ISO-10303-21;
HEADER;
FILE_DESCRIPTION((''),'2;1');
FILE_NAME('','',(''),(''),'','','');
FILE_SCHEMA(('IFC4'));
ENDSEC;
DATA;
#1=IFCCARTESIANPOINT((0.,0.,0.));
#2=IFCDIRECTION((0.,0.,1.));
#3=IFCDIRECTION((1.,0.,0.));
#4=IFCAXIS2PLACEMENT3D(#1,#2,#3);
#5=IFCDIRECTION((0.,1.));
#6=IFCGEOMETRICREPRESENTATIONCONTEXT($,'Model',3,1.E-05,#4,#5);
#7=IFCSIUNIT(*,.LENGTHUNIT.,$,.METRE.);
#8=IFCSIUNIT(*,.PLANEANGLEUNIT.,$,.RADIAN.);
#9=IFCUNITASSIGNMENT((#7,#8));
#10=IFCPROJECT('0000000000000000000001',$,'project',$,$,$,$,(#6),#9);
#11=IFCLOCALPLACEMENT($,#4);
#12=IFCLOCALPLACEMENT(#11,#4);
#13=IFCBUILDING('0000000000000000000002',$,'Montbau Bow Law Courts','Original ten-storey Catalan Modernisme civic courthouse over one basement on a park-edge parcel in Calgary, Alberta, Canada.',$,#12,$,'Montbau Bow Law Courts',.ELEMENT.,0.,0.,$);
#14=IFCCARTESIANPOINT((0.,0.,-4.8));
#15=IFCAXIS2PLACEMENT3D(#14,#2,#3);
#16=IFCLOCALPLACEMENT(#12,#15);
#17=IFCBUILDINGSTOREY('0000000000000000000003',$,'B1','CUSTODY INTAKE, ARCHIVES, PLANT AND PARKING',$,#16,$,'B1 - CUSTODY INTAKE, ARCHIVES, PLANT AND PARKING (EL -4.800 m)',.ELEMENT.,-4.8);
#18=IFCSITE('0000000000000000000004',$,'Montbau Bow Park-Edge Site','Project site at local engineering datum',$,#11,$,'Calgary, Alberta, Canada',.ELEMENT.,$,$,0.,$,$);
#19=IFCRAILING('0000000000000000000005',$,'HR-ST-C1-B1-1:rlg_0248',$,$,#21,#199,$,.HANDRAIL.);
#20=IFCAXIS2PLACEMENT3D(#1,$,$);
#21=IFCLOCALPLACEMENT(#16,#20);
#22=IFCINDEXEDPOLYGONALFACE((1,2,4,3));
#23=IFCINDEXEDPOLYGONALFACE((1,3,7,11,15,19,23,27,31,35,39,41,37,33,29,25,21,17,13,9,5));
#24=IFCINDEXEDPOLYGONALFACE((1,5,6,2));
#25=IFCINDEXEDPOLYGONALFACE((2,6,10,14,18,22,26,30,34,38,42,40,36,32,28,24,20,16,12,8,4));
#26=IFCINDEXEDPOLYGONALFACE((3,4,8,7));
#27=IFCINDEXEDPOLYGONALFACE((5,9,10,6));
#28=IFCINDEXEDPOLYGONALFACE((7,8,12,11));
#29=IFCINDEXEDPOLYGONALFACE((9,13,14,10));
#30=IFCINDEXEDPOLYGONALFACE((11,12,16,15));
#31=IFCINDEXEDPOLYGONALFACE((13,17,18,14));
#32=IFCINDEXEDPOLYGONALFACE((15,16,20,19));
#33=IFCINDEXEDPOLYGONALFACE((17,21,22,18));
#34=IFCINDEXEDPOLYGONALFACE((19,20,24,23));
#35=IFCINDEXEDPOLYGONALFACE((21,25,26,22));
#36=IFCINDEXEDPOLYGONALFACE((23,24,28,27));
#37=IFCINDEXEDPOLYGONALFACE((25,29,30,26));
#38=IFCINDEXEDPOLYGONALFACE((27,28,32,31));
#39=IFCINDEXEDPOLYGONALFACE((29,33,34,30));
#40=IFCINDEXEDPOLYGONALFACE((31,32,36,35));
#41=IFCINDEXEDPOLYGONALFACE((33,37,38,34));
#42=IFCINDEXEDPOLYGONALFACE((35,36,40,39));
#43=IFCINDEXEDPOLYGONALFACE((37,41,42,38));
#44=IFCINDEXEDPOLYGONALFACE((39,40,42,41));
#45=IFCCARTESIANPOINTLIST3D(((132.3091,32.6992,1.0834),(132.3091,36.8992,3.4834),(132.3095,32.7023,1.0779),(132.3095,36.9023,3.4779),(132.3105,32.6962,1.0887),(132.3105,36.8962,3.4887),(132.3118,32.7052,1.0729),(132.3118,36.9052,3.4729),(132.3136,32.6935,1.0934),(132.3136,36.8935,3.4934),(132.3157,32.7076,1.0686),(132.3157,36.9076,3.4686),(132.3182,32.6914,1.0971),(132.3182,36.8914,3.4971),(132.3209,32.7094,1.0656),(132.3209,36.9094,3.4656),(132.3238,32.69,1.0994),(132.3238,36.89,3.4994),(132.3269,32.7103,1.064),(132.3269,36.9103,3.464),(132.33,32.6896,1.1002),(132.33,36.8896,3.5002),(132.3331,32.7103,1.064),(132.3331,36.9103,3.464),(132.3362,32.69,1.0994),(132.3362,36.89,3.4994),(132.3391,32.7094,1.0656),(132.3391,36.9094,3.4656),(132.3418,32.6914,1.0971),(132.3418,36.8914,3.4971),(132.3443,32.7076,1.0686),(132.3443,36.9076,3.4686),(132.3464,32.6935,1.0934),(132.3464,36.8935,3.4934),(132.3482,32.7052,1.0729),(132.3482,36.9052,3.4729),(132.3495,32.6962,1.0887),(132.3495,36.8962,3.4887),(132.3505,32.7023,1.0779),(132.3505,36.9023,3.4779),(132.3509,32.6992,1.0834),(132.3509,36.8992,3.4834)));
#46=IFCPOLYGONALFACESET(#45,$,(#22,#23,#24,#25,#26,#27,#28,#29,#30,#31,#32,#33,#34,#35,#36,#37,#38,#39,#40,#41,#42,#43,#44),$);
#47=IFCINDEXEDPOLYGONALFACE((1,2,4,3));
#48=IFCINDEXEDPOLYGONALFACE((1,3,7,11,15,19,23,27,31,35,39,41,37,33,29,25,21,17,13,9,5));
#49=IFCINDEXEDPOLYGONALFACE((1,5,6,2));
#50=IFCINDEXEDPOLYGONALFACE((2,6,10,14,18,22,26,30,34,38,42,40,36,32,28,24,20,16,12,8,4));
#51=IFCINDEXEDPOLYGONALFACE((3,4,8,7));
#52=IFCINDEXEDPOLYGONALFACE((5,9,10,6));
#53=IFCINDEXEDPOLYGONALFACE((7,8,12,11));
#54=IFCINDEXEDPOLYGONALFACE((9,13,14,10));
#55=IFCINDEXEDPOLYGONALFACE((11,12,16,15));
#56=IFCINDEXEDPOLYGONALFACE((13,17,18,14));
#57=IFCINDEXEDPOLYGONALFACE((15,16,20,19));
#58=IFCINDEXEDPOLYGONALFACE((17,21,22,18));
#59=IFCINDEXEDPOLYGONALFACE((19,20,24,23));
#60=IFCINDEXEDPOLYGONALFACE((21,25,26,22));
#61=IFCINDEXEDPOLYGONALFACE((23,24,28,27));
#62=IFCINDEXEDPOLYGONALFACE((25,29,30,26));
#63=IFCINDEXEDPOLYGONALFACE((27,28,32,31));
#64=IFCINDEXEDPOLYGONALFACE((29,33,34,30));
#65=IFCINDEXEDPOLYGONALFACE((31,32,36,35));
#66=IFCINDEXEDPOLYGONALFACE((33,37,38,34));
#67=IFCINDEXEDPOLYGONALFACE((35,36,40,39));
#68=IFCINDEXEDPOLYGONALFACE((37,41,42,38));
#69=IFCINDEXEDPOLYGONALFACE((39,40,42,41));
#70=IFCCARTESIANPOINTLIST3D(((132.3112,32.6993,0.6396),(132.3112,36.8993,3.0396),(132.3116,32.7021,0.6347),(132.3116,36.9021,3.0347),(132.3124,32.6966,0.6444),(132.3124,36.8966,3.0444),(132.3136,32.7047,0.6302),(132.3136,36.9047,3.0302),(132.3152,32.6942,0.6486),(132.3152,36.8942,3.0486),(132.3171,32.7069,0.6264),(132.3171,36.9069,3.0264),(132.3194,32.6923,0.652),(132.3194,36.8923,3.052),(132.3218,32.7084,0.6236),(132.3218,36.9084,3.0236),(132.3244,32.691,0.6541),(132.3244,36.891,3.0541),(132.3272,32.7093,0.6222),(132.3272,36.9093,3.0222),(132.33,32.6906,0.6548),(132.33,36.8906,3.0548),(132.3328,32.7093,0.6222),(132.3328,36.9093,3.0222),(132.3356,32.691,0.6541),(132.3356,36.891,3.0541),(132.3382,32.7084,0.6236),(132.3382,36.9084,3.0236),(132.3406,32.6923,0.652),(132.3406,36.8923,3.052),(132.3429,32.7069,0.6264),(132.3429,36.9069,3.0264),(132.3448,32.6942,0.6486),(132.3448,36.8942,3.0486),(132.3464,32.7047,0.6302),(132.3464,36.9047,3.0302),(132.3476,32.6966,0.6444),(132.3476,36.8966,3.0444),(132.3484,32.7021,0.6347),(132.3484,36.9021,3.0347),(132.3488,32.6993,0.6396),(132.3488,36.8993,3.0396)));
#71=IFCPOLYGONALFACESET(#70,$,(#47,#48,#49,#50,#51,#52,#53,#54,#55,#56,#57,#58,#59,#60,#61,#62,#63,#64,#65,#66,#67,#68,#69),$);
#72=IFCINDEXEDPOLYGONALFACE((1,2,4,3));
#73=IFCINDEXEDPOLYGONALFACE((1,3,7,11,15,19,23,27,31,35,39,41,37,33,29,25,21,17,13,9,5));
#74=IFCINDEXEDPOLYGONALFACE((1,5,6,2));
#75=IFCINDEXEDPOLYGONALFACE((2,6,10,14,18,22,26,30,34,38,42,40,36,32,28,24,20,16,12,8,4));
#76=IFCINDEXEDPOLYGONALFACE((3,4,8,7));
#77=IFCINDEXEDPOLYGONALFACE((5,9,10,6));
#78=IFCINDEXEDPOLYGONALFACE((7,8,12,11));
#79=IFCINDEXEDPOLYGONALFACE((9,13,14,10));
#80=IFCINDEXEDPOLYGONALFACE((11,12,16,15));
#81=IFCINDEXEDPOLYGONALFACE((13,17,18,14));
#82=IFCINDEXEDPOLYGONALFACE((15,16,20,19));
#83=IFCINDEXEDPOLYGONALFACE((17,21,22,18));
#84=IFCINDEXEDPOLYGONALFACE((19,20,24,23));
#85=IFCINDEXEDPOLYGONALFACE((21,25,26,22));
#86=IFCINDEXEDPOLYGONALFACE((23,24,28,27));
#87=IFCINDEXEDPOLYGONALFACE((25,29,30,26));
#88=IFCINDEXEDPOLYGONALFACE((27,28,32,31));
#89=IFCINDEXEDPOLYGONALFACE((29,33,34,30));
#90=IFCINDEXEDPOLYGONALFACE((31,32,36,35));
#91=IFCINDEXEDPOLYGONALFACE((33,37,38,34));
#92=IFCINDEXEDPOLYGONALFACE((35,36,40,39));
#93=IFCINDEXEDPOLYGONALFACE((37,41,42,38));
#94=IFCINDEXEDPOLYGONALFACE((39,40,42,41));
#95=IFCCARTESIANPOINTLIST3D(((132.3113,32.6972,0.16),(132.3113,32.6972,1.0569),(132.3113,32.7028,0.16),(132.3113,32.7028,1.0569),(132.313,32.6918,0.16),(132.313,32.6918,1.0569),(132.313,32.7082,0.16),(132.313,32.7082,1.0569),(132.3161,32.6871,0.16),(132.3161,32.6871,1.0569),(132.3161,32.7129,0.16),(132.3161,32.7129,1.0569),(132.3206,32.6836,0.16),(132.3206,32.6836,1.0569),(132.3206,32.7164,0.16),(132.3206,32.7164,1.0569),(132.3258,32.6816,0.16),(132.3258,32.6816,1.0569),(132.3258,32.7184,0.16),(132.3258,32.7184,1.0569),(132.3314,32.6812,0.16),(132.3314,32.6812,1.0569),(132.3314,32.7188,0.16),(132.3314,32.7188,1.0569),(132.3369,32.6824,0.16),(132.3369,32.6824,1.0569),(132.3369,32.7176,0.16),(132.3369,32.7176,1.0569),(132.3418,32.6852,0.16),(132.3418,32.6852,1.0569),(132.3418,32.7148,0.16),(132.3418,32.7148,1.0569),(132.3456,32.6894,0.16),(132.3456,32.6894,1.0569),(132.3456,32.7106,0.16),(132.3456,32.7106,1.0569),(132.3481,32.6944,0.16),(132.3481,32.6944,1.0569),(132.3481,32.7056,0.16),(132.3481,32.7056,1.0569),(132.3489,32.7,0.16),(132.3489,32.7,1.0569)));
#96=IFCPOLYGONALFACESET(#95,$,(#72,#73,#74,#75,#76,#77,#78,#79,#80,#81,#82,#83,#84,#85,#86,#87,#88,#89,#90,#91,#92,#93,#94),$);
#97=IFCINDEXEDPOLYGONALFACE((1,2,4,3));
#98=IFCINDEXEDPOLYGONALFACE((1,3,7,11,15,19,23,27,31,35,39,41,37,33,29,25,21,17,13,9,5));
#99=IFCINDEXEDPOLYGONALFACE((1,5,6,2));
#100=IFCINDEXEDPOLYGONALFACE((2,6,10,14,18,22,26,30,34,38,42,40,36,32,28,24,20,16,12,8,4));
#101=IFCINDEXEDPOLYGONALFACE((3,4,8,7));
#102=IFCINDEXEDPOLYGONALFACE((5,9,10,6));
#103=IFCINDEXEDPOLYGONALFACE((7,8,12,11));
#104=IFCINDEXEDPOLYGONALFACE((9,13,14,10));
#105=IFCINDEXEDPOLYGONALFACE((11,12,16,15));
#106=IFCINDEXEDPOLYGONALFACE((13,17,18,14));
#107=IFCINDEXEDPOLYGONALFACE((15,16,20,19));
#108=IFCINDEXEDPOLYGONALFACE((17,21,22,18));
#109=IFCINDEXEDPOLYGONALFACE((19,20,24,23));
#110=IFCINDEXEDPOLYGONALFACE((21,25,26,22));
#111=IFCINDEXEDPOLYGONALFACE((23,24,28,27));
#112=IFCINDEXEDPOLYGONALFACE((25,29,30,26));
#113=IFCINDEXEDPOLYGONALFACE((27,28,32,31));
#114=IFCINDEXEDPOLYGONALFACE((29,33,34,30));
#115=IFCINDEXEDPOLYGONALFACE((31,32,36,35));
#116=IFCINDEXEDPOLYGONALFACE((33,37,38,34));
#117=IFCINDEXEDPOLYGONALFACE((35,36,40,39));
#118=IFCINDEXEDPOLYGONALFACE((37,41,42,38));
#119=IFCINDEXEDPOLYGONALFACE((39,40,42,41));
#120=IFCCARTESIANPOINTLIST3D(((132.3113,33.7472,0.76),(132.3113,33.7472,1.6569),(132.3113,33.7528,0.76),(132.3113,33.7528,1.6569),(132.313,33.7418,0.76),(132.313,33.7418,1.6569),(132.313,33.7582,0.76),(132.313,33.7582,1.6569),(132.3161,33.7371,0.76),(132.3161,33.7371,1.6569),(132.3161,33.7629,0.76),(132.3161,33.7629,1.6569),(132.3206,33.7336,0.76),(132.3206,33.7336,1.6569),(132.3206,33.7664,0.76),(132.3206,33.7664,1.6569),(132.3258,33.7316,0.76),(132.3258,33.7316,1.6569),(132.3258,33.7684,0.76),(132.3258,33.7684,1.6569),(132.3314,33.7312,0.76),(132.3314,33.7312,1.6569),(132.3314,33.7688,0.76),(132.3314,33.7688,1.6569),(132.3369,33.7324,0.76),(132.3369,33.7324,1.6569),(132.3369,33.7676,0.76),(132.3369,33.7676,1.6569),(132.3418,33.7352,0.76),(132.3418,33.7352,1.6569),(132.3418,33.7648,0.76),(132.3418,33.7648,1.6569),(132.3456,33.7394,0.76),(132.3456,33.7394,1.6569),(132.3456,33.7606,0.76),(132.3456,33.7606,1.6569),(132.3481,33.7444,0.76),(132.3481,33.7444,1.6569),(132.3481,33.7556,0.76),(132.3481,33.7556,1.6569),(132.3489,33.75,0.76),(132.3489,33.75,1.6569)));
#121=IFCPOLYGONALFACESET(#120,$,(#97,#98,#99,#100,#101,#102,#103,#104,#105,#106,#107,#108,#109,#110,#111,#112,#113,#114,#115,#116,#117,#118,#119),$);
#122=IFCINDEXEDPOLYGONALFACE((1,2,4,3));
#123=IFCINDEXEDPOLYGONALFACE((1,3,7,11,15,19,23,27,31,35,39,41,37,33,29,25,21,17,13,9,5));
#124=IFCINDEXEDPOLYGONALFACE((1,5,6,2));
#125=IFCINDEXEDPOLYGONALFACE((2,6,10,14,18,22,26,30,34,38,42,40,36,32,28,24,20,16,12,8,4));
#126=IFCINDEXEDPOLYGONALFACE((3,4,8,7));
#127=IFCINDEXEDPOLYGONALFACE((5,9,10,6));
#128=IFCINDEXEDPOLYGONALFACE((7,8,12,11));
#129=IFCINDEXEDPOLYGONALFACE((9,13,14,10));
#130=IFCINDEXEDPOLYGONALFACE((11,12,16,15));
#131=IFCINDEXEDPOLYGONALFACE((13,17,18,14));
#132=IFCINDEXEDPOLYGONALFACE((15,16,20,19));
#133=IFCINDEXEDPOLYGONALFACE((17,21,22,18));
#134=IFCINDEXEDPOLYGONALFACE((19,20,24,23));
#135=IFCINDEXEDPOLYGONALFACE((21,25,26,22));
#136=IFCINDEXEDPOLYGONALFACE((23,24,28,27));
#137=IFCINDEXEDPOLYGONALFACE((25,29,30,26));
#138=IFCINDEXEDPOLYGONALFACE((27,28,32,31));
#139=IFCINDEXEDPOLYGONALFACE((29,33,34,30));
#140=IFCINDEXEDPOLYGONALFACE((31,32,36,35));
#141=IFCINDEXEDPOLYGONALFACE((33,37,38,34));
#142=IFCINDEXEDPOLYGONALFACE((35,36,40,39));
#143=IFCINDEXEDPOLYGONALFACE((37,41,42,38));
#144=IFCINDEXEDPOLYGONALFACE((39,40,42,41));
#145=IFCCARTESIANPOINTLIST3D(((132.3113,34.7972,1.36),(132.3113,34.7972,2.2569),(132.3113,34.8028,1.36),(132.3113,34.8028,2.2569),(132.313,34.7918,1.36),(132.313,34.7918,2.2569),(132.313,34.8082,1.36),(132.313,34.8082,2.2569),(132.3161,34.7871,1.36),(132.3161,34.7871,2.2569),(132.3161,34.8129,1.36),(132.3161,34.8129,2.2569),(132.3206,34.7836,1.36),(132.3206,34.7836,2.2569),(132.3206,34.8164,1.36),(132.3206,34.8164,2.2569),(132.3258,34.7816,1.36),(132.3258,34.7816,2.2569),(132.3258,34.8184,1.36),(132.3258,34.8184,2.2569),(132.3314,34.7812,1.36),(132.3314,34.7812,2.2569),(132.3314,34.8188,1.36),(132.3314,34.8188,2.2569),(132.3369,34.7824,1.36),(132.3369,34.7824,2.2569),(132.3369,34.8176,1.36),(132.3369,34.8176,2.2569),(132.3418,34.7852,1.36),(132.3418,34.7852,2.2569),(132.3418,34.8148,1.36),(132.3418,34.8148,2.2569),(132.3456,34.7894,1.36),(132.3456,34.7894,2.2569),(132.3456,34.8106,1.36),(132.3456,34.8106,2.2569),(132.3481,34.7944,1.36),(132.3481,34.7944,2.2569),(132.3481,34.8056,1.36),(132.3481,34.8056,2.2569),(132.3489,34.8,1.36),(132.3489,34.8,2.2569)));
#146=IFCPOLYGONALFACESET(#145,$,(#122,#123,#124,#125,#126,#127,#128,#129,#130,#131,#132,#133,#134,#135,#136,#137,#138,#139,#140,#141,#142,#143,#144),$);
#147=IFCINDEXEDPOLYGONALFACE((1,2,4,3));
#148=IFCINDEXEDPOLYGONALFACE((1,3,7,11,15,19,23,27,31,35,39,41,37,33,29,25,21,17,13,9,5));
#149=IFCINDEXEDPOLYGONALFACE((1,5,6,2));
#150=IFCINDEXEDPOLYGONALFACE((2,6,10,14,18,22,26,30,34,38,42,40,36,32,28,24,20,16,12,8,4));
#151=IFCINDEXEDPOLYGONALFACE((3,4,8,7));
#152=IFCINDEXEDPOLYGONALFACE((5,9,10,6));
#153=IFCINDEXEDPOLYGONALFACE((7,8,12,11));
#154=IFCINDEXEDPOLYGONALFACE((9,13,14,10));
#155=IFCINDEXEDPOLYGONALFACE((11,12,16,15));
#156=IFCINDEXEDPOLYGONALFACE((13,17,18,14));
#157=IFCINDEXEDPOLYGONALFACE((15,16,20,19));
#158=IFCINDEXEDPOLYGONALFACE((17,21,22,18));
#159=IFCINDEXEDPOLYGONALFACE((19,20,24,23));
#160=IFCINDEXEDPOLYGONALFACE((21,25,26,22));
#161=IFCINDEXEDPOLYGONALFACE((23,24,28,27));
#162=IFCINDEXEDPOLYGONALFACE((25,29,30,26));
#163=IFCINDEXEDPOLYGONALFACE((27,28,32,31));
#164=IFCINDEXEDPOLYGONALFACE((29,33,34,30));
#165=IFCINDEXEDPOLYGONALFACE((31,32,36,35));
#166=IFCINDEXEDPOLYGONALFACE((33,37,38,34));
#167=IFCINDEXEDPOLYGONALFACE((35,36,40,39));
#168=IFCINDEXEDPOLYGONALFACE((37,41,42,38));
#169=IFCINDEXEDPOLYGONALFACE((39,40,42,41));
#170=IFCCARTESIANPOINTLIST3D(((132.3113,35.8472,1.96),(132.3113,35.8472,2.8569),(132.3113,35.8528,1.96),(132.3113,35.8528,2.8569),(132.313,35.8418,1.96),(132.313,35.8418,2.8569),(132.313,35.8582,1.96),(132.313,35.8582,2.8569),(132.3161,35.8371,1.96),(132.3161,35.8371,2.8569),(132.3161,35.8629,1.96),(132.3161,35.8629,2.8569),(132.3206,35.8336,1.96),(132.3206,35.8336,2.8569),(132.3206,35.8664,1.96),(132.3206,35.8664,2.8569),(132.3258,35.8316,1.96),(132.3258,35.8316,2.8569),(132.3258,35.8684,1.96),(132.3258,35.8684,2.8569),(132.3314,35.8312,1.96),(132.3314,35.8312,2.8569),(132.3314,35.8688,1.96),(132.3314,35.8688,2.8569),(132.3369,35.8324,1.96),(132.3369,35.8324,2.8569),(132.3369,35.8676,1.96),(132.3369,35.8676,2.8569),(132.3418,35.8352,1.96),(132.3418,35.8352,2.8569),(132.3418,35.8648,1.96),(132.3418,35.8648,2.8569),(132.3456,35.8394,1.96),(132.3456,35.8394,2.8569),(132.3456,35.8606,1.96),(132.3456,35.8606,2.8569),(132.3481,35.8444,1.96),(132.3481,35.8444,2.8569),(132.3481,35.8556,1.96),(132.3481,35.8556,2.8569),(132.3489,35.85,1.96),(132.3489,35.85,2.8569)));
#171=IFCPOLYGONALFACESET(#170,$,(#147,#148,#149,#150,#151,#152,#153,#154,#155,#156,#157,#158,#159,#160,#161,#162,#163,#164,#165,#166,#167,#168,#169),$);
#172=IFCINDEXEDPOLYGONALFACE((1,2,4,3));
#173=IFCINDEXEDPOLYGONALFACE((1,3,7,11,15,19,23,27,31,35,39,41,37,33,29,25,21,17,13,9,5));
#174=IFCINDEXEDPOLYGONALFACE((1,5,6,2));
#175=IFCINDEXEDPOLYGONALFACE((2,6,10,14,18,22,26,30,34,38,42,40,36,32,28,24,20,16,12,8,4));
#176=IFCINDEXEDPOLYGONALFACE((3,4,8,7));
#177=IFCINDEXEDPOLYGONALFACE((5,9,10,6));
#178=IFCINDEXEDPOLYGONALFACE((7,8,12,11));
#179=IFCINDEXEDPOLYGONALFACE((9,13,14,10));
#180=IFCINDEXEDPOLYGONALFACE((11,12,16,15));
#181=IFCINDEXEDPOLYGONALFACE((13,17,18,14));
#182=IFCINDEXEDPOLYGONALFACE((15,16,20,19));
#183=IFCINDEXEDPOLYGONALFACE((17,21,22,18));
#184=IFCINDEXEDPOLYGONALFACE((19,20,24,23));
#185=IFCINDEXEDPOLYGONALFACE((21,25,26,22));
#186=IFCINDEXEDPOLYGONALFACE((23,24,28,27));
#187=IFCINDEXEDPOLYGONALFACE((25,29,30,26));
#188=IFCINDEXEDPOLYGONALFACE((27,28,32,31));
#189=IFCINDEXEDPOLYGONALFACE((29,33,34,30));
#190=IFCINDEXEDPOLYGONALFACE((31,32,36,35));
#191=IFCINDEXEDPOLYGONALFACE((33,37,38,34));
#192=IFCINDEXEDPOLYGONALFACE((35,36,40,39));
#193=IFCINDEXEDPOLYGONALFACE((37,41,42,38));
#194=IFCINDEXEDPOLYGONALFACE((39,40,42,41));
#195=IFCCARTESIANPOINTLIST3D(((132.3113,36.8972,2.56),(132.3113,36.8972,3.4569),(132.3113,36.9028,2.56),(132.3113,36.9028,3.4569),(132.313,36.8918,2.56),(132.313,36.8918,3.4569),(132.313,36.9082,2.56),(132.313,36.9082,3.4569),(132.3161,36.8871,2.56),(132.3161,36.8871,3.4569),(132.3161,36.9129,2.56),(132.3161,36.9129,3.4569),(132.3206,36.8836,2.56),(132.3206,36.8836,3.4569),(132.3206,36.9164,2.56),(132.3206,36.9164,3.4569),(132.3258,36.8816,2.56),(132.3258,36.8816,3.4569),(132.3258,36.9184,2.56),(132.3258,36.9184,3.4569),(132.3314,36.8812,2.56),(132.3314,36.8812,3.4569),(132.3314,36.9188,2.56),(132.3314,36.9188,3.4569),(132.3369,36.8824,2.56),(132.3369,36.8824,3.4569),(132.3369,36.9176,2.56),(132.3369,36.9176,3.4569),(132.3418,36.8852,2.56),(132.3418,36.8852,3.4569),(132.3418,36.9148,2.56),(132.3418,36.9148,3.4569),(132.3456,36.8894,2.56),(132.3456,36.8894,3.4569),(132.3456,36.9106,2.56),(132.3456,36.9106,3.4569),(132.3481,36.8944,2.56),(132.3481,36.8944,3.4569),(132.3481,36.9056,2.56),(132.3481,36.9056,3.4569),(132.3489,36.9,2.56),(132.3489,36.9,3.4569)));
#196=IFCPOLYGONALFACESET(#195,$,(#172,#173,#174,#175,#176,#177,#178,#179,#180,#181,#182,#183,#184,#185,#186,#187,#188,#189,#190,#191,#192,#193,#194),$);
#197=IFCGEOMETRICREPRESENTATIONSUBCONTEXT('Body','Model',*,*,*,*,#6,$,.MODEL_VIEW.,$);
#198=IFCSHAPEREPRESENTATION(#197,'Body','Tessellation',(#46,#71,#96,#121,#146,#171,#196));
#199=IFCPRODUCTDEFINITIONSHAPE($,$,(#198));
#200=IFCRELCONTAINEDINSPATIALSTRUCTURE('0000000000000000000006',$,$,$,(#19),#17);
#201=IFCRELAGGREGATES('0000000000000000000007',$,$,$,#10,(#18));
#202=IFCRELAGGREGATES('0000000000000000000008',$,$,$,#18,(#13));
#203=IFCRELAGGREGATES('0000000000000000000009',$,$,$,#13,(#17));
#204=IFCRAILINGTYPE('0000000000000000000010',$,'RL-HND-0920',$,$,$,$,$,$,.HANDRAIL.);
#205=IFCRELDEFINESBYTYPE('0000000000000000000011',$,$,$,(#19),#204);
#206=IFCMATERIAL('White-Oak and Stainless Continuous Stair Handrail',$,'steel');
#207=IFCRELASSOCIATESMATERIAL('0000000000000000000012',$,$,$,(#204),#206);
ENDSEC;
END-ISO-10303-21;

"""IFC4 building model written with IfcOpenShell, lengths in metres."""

from ifc_helpers import new_model, si_unit, direction, frame, origin_with_axes, origin_2d_with_axis, place, context, subcontext, project, spatial, circle, extrude, material, type_object, element, save


model = new_model("IFC4")

# Units and contexts
model_context = context("Model", 3, precision=1e-05, world=origin_with_axes(), true_north=direction((0.0, 1.0)))
body_context = subcontext(model_context, "Body", "Model", "MODEL_VIEW")
ifc_project = project(units=[si_unit("LENGTHUNIT", "METRE"), si_unit("PLANEANGLEUNIT", "RADIAN")], contexts=[model_context])

# Site, building, storey
site_placement = place(None, origin_with_axes())
site = spatial("IfcSite", under=ifc_project, at=site_placement, Name="Montbau Bow Park-Edge Site", Description="Project site at local engineering datum", LongName="Calgary, Alberta, Canada", CompositionType="ELEMENT", RefElevation=0.0)
building_placement = place(site_placement, origin_with_axes())
building = spatial("IfcBuilding", under=site, at=building_placement, Name="Montbau Bow Law Courts", Description="Original ten-storey Catalan Modernisme civic courthouse over one basement on a park-edge parcel in Calgary, Alberta, Canada.", LongName="Montbau Bow Law Courts", CompositionType="ELEMENT", ElevationOfRefHeight=0.0, ElevationOfTerrain=0.0)
storey_placement = place(building_placement, frame((0.0, 0.0, -4.8), z_axis=(0.0, 0.0, 1.0), x_axis=(1.0, 0.0, 0.0)))
storey = spatial("IfcBuildingStorey", under=building, at=storey_placement, Name="B1", Description="CUSTODY INTAKE, ARCHIVES, PLANT AND PARKING", LongName="B1 - CUSTODY INTAKE, ARCHIVES, PLANT AND PARKING (EL -4.800 m)", CompositionType="ELEMENT", Elevation=-4.8)

# Railing
ifc_material_1 = material(Name="White-Oak and Stainless Continuous Stair Handrail", Category="steel")
railing_type_1 = type_object("IfcRailingType", Name="RL-HND-0920", PredefinedType="HANDRAIL", material=ifc_material_1)
railing_1_placement = place(None, origin_with_axes())
element("IfcRailing", 1, at=railing_1_placement, inside=storey, type_object=railing_type_1, Name="HR-ST-C1-B1-1:rlg_0248", PredefinedType="HANDRAIL", context=body_context, shape_type="SweptSolid", body=[
    extrude(circle(Radius=0.021, at=origin_2d_with_axis()), frame((132.33, 32.7, -3.718), z_axis=(0.0, 0.868243, 0.496139), x_axis=(0.0, -0.496139, 0.868243)), (0.0, 0.0, 1.0), 4.8374),
    extrude(circle(Radius=0.0189, at=origin_2d_with_axis()), frame((132.33, 32.7, -4.1616), z_axis=(0.0, 0.868243, 0.496139), x_axis=(0.0, -0.496139, 0.868243)), (0.0, 0.0, 1.0), 4.8374),
    extrude(circle(Radius=0.0189, at=origin_2d_with_axis()), frame((132.33, 32.7, -4.64), z_axis=(0.0, 0.0, 1.0), x_axis=(1.0, 0.0, 0.0)), (0.0, 0.0, 1.0), 0.8969),
    extrude(circle(Radius=0.0189, at=origin_2d_with_axis()), frame((132.33, 33.75, -4.04), z_axis=(0.0, 0.0, 1.0), x_axis=(1.0, 0.0, 0.0)), (0.0, 0.0, 1.0), 0.8969),
    extrude(circle(Radius=0.0189, at=origin_2d_with_axis()), frame((132.33, 34.8, -3.44), z_axis=(0.0, 0.0, 1.0), x_axis=(1.0, 0.0, 0.0)), (0.0, 0.0, 1.0), 0.8969),
    extrude(circle(Radius=0.0189, at=origin_2d_with_axis()), frame((132.33, 35.85, -2.84), z_axis=(0.0, 0.0, 1.0), x_axis=(1.0, 0.0, 0.0)), (0.0, 0.0, 1.0), 0.8969),
    extrude(circle(Radius=0.0189, at=origin_2d_with_axis()), frame((132.33, 36.9, -2.24), z_axis=(0.0, 0.0, 1.0), x_axis=(1.0, 0.0, 0.0)), (0.0, 0.0, 1.0), 0.8969),
])

save(model, "model.ifc")
